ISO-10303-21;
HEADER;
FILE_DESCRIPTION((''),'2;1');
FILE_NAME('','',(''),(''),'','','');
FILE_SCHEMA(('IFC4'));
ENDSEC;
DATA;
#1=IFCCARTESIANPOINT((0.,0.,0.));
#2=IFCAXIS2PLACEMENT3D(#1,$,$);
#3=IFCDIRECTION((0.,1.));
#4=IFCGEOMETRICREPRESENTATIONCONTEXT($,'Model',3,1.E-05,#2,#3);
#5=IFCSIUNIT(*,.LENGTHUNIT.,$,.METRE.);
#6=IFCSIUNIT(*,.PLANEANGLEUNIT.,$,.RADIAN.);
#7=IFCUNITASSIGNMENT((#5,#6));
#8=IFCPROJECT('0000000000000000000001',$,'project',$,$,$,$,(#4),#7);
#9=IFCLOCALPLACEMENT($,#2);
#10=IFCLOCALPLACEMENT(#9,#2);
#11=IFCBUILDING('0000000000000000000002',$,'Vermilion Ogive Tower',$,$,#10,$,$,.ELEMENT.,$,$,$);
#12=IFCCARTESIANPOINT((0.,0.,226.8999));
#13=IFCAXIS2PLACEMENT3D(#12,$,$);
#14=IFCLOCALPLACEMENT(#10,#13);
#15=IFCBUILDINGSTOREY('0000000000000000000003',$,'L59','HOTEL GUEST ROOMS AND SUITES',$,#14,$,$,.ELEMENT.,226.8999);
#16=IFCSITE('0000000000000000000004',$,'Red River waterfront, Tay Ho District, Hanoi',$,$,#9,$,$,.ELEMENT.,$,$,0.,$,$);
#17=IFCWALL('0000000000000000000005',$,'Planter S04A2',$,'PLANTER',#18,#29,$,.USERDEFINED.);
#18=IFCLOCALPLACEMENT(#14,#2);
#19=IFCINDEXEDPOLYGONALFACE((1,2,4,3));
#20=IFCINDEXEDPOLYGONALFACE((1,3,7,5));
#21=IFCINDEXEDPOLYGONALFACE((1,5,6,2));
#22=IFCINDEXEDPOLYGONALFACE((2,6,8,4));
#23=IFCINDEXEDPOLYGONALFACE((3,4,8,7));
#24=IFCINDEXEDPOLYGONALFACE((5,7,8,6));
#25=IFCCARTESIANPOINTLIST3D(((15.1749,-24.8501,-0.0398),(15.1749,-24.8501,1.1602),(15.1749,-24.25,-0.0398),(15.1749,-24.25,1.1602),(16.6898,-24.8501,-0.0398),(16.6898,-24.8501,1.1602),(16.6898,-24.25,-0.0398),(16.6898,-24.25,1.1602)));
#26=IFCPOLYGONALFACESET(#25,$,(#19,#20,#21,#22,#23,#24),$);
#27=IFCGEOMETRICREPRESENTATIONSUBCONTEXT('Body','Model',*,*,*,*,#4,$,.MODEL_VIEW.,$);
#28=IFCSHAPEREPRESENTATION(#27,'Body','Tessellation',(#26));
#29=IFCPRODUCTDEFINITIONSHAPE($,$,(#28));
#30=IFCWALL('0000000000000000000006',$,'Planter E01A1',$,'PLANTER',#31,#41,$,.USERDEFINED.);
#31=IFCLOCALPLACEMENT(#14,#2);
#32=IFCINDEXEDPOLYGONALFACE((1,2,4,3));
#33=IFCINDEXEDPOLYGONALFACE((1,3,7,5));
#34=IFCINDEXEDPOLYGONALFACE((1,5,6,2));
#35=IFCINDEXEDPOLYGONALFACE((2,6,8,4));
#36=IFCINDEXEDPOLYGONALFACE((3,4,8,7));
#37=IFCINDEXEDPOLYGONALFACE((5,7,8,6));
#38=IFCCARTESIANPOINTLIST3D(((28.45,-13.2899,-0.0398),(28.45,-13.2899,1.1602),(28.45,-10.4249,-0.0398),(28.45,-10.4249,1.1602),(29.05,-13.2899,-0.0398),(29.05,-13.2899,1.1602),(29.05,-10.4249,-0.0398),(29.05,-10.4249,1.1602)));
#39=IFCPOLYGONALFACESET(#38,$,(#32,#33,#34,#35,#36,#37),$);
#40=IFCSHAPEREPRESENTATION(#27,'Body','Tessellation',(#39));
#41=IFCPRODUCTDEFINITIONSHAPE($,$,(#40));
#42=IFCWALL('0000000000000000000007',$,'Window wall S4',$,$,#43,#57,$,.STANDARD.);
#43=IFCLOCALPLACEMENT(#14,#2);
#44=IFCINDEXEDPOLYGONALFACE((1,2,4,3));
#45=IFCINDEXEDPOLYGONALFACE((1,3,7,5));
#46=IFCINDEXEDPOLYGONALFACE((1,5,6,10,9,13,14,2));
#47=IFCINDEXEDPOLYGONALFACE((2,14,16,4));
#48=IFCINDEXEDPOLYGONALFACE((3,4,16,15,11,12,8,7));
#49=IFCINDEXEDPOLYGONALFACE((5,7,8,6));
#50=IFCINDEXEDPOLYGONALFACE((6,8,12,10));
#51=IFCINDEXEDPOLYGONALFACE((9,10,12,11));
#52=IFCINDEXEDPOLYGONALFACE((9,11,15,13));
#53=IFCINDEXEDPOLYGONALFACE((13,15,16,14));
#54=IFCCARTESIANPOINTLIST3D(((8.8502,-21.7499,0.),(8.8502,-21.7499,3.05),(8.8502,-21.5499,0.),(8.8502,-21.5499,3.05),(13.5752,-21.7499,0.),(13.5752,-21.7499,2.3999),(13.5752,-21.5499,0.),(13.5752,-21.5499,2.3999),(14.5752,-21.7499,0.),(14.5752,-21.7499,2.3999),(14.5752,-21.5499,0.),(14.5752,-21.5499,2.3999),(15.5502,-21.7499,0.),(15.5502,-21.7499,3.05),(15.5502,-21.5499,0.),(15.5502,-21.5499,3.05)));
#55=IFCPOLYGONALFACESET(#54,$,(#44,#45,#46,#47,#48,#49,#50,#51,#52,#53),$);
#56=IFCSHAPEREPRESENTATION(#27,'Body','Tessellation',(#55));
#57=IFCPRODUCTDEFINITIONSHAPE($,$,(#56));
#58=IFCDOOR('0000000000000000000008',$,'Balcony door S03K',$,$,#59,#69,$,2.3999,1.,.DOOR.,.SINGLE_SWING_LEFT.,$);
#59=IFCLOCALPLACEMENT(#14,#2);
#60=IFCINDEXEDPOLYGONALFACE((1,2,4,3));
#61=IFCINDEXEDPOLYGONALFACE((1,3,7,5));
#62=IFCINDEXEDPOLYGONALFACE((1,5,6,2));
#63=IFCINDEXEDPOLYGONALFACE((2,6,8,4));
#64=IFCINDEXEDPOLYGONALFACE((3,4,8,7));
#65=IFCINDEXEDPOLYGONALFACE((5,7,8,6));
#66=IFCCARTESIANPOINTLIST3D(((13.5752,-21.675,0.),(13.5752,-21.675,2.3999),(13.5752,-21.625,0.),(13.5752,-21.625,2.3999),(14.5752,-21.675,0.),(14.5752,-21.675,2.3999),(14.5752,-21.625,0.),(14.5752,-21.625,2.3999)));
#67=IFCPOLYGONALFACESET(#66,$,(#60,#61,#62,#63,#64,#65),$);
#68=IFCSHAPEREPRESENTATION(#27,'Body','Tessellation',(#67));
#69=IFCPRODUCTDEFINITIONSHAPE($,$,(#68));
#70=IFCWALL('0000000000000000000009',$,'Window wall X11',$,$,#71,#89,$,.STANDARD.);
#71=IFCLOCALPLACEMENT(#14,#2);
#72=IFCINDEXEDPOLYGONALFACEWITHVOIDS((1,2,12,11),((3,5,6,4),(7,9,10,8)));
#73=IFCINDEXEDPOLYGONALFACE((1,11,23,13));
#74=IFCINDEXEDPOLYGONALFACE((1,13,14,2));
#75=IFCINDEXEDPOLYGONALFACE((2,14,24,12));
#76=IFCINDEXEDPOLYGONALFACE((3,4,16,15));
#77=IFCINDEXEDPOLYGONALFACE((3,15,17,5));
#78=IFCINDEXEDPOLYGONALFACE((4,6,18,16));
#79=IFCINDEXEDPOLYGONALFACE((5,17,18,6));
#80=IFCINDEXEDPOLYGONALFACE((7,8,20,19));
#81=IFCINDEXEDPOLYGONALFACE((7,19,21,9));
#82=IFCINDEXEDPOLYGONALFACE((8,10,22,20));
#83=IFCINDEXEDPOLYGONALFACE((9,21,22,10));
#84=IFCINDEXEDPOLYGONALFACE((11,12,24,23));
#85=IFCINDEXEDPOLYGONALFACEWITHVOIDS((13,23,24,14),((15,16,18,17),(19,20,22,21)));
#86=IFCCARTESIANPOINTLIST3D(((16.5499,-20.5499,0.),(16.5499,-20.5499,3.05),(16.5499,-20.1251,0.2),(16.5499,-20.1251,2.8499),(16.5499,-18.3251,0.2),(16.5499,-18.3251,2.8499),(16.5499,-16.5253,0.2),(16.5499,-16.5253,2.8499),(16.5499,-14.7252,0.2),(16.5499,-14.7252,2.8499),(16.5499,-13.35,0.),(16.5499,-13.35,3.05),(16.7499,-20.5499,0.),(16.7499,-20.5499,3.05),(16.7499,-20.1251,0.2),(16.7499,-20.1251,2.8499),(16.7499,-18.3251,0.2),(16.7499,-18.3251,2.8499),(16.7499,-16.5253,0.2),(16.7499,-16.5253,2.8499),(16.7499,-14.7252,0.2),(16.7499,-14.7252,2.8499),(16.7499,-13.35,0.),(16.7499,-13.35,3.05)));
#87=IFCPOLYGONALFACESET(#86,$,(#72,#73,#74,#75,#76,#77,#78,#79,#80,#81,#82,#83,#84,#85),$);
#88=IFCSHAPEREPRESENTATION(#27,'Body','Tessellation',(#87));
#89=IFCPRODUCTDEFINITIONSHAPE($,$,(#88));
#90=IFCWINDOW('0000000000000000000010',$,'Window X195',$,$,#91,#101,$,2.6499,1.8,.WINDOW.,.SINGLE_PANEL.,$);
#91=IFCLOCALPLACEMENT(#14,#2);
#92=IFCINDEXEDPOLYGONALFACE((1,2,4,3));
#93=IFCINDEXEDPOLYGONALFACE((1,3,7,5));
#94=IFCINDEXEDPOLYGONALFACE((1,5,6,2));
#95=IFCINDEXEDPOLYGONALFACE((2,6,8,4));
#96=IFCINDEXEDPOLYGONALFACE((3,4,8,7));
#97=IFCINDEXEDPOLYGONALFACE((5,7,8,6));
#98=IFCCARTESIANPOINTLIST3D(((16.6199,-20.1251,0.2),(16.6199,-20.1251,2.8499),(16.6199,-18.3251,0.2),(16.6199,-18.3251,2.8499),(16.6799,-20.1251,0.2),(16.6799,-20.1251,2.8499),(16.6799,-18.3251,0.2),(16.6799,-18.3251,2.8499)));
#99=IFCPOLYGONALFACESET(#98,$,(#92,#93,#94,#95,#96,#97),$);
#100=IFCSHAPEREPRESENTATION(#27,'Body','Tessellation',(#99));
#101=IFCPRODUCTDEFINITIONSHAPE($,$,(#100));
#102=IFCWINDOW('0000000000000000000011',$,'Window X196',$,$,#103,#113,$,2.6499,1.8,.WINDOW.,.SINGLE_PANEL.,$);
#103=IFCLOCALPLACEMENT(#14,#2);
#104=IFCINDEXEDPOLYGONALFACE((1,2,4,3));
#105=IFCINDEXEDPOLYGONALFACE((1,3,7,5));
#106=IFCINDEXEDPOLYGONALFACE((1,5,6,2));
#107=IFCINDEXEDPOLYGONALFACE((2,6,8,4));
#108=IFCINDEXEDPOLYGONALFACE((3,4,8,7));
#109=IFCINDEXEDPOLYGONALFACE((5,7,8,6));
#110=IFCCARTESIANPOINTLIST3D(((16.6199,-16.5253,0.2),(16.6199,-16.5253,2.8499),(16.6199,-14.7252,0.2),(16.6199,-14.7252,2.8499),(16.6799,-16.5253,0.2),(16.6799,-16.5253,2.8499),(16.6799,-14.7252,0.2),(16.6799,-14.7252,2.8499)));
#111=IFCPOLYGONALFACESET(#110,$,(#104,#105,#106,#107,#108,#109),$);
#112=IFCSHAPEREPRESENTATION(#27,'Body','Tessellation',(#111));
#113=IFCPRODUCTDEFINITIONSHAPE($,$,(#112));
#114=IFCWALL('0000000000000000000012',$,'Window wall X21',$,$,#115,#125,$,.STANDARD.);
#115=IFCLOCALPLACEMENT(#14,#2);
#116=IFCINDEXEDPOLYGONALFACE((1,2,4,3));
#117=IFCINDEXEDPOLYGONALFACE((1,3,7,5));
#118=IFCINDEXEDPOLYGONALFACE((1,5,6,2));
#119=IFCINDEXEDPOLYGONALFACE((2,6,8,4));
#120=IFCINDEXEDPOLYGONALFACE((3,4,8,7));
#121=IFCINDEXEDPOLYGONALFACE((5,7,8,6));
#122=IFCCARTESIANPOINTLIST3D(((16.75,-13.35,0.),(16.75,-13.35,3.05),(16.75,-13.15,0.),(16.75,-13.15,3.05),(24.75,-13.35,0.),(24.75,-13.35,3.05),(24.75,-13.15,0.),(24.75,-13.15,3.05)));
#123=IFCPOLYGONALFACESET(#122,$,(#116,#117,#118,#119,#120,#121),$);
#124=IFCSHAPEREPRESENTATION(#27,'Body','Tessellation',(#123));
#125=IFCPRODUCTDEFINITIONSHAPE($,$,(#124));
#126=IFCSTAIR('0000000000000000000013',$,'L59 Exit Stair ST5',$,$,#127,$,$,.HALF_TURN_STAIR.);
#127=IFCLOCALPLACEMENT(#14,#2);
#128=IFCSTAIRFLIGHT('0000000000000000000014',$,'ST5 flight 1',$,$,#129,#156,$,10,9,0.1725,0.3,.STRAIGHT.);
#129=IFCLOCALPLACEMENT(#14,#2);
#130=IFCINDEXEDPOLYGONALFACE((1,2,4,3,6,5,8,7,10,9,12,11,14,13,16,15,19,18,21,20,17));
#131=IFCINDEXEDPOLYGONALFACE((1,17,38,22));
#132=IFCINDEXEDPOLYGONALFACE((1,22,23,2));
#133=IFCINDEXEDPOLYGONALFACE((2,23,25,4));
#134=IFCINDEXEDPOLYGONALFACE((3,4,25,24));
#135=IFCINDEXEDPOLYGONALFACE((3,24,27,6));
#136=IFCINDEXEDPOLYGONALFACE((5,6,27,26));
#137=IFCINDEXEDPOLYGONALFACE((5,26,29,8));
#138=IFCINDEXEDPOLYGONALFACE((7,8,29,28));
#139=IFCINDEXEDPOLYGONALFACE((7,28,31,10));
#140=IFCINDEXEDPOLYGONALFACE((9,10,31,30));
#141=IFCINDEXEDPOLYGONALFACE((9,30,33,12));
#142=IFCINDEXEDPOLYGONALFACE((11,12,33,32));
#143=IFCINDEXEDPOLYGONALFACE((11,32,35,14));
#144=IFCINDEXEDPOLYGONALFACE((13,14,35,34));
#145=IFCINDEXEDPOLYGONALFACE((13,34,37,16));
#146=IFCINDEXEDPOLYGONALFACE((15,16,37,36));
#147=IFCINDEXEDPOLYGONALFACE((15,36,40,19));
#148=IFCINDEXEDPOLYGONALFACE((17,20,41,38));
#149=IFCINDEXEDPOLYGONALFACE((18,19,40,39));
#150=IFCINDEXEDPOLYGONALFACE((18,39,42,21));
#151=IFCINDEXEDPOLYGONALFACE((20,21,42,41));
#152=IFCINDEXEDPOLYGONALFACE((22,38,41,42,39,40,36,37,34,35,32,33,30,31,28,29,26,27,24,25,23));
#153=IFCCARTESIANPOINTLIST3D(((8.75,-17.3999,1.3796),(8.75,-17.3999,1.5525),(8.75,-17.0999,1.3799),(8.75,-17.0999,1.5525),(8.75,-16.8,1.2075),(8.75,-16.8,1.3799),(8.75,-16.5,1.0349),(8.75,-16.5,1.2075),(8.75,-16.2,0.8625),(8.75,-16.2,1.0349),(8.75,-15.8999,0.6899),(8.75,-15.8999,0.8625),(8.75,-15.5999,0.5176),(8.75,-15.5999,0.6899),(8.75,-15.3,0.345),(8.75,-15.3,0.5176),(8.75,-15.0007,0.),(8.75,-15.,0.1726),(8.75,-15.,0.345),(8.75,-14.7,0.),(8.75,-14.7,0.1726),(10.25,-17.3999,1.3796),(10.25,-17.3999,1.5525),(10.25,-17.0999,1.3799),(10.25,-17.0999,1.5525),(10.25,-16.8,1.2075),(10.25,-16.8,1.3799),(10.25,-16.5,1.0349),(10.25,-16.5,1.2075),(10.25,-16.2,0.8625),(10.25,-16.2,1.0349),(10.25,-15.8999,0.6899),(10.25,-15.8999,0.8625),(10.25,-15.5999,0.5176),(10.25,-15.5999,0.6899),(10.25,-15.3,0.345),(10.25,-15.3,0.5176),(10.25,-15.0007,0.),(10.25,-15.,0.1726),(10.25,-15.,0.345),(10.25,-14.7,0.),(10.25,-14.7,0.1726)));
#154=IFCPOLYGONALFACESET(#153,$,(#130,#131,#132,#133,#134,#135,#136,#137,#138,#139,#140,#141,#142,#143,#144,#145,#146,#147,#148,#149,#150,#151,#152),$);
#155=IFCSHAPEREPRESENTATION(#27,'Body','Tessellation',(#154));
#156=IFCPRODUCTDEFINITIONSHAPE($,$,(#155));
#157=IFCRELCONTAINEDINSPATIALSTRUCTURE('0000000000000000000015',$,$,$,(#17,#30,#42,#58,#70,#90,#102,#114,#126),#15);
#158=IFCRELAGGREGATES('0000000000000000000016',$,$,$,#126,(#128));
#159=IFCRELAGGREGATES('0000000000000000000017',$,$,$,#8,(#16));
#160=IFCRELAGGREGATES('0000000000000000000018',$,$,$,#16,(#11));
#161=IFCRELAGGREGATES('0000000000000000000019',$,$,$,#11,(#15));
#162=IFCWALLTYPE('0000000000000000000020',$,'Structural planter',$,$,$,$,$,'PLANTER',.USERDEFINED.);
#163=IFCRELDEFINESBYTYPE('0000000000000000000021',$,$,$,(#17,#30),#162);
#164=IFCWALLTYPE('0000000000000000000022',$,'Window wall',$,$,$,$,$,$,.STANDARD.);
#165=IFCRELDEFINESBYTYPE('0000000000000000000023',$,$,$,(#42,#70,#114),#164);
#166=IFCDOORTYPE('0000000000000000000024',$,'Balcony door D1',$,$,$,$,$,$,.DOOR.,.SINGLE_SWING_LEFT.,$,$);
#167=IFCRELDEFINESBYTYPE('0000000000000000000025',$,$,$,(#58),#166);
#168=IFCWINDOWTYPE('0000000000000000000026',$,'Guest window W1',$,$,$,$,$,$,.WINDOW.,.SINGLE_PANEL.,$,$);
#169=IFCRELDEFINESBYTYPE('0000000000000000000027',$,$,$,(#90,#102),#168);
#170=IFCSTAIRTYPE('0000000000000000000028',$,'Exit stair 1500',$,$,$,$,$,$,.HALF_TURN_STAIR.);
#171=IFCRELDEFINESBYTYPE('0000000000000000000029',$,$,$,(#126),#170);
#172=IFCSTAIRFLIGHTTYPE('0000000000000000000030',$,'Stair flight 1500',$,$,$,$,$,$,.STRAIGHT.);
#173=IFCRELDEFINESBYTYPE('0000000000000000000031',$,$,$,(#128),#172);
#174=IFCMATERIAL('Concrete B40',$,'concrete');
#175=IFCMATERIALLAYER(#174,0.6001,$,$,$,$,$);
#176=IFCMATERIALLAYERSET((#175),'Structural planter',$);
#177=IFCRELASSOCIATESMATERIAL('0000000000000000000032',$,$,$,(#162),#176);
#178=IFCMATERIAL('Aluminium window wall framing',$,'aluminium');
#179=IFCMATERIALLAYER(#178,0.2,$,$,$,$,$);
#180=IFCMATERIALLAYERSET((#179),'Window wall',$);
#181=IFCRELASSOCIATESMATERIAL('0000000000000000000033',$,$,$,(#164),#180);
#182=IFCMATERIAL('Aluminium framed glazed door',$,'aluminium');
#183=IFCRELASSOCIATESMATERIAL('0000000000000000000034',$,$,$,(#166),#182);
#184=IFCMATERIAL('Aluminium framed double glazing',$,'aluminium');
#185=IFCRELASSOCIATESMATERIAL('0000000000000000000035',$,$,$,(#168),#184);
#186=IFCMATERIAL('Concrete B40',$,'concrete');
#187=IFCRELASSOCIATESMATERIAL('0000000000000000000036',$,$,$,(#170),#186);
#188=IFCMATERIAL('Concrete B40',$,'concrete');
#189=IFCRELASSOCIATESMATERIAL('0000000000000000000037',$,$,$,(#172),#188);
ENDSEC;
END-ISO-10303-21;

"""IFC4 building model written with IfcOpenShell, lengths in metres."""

from ifc_helpers import new_model, si_unit, direction, frame, frame_2d, origin, place, context, subcontext, project, spatial, polyline, rectangle, outline, extrude, material, layer, layer_set, type_object, element, fill, aggregate, save


model = new_model("IFC4")

# Units and contexts
model_context = context("Model", 3, precision=1e-05, world=origin(), true_north=direction((0.0, 1.0)))
body_context = subcontext(model_context, "Body", "Model", "MODEL_VIEW")
ifc_project = project(units=[si_unit("LENGTHUNIT", "METRE"), si_unit("PLANEANGLEUNIT", "RADIAN")], contexts=[model_context])

# Site, building, storey
site_placement = place(None, origin())
site = spatial("IfcSite", under=ifc_project, at=site_placement, Name="Red River waterfront, Tay Ho District, Hanoi", CompositionType="ELEMENT", RefElevation=0.0)
building_placement = place(site_placement, origin())
building = spatial("IfcBuilding", under=site, at=building_placement, Name="Vermilion Ogive Tower", CompositionType="ELEMENT")
storey_placement = place(building_placement, frame((0.0, 0.0, 226.8999)))
storey = spatial("IfcBuildingStorey", under=building, at=storey_placement, Name="L59", Description="HOTEL GUEST ROOMS AND SUITES", CompositionType="ELEMENT", Elevation=226.8999)

# Walls
ifc_material_1 = material(Name="Concrete B40", Category="concrete")
ifc_layer_1 = layer(ifc_material_1, 0.6001)
ifc_layer_set_1 = layer_set([ifc_layer_1], Name="Structural planter")
wall_type_1 = type_object("IfcWallType", Name="Structural planter", ElementType="PLANTER", PredefinedType="USERDEFINED", material=ifc_layer_set_1)
wall_1_placement = place(storey_placement, frame((15.175, -24.55, -0.0398), z_axis=(0.0, 0.0, 1.0), x_axis=(1.0, 0.0, 0.0)))
element("IfcWall", 1, at=wall_1_placement, inside=storey, type_object=wall_type_1, Name="Planter S04A2", ObjectType="PLANTER", PredefinedType="USERDEFINED", context=body_context, shape_type="SweptSolid", body=[
    extrude(rectangle(XDim=1.5149, YDim=0.6001, at=frame_2d((0.7573, 0.0))), origin(), (0.0, 0.0, 1.0), 1.2),
])
wall_2_placement = place(storey_placement, frame((28.75, -13.29, -0.0398), z_axis=(0.0, 0.0, 1.0), x_axis=(0.0, 1.0, 0.0)))
element("IfcWall", 2, at=wall_2_placement, inside=storey, type_object=wall_type_1, Name="Planter E01A1", ObjectType="PLANTER", PredefinedType="USERDEFINED", context=body_context, shape_type="SweptSolid", body=[
    extrude(rectangle(XDim=2.865, YDim=0.6001, at=frame_2d((1.4326, 0.0))), origin(), (0.0, 0.0, 1.0), 1.2),
])

# Wall, opening, door
ifc_material_2 = material(Name="Aluminium window wall framing", Category="aluminium")
ifc_layer_2 = layer(ifc_material_2, 0.2)
ifc_layer_set_2 = layer_set([ifc_layer_2], Name="Window wall")
wall_type_2 = type_object("IfcWallType", Name="Window wall", PredefinedType="STANDARD", material=ifc_layer_set_2)
wall_3_placement = place(storey_placement, frame((8.8501, -21.6499, 0.0), z_axis=(0.0, 0.0, 1.0), x_axis=(1.0, 0.0, 0.0)))
wall_3 = element("IfcWall", 3, at=wall_3_placement, inside=storey, type_object=wall_type_2, Name="Window wall S4", PredefinedType="STANDARD", context=body_context, shape_type="SweptSolid", body=[
    extrude(rectangle(XDim=6.7, YDim=0.2, at=frame_2d((3.3501, 0.0))), origin(), (0.0, 0.0, 1.0), 3.05),
])
opening_1_placement = place(wall_3_placement, frame((4.7251, 0.0, 0.0)))
opening_1 = element("IfcOpeningElement", 4, at=opening_1_placement, cuts=wall_3, PredefinedType="OPENING", context=body_context, shape_type="SweptSolid", body=[
    extrude(rectangle(XDim=1.0, YDim=2.3999, at=frame_2d((0.5, 1.2))), frame((0.0, 0.1099, 0.0), z_axis=(0.0, -1.0, 0.0), x_axis=(1.0, 0.0, 0.0)), (0.0, 0.0, 1.0), 0.22),
])
ifc_material_3 = material(Name="Aluminium framed glazed door", Category="aluminium")
door_type_1 = type_object("IfcDoorType", Name="Balcony door D1", OperationType="SINGLE_SWING_LEFT", PredefinedType="DOOR", material=ifc_material_3)
door_1_placement = place(opening_1_placement, origin())
door_1 = element("IfcDoor", 5, at=door_1_placement, inside=storey, type_object=door_type_1, Name="Balcony door S03K", OperationType="SINGLE_SWING_LEFT", OverallHeight=2.3999, OverallWidth=1.0, PredefinedType="DOOR", context=body_context, shape_type="SweptSolid", body=[
    extrude(rectangle(XDim=1.0, YDim=2.3999, at=frame_2d((0.5, 1.2))), frame((0.0, 0.0249, 0.0), z_axis=(0.0, -1.0, 0.0), x_axis=(1.0, 0.0, 0.0)), (0.0, 0.0, 1.0), 0.05),
])
fill(opening_1, door_1)

# Wall, openings, windows
wall_4_placement = place(storey_placement, frame((16.6499, -20.55, 0.0), z_axis=(0.0, 0.0, 1.0), x_axis=(0.0, 1.0, 0.0)))
wall_4 = element("IfcWall", 6, at=wall_4_placement, inside=storey, type_object=wall_type_2, Name="Window wall X11", PredefinedType="STANDARD", context=body_context, shape_type="SweptSolid", body=[
    extrude(rectangle(XDim=7.2, YDim=0.2, at=frame_2d((3.6001, 0.0))), origin(), (0.0, 0.0, 1.0), 3.05),
])
opening_2_placement = place(wall_4_placement, frame((0.425, 0.0, 0.2)))
opening_2 = element("IfcOpeningElement", 7, at=opening_2_placement, cuts=wall_4, PredefinedType="OPENING", context=body_context, shape_type="SweptSolid", body=[
    extrude(rectangle(XDim=1.8, YDim=2.6499, at=frame_2d((0.8999, 1.325))), frame((0.0, 0.1099, 0.0), z_axis=(0.0, -1.0, 0.0), x_axis=(1.0, 0.0, 0.0)), (0.0, 0.0, 1.0), 0.22),
])
opening_3_placement = place(wall_4_placement, frame((4.0249, 0.0, 0.2)))
opening_3 = element("IfcOpeningElement", 8, at=opening_3_placement, cuts=wall_4, PredefinedType="OPENING", context=body_context, shape_type="SweptSolid", body=[
    extrude(rectangle(XDim=1.8, YDim=2.6499, at=frame_2d((0.8999, 1.325))), frame((0.0, 0.1099, 0.0), z_axis=(0.0, -1.0, 0.0), x_axis=(1.0, 0.0, 0.0)), (0.0, 0.0, 1.0), 0.22),
])
ifc_material_4 = material(Name="Aluminium framed double glazing", Category="aluminium")
window_type = type_object("IfcWindowType", Name="Guest window W1", PartitioningType="SINGLE_PANEL", PredefinedType="WINDOW", material=ifc_material_4)
window_1_placement = place(opening_2_placement, origin())
window_1 = element("IfcWindow", 9, at=window_1_placement, inside=storey, type_object=window_type, Name="Window X195", OverallHeight=2.6499, OverallWidth=1.8, PartitioningType="SINGLE_PANEL", PredefinedType="WINDOW", context=body_context, shape_type="SweptSolid", body=[
    extrude(rectangle(XDim=1.8, YDim=2.6499, at=frame_2d((0.8999, 1.325))), frame((0.0, 0.03, 0.0), z_axis=(0.0, -1.0, 0.0), x_axis=(1.0, 0.0, 0.0)), (0.0, 0.0, 1.0), 0.0601),
])
fill(opening_2, window_1)
window_2_placement = place(opening_3_placement, origin())
window_2 = element("IfcWindow", 10, at=window_2_placement, inside=storey, type_object=window_type, Name="Window X196", OverallHeight=2.6499, OverallWidth=1.8, PartitioningType="SINGLE_PANEL", PredefinedType="WINDOW", context=body_context, shape_type="SweptSolid", body=[
    extrude(rectangle(XDim=1.8, YDim=2.6499, at=frame_2d((0.8999, 1.325))), frame((0.0, 0.03, 0.0), z_axis=(0.0, -1.0, 0.0), x_axis=(1.0, 0.0, 0.0)), (0.0, 0.0, 1.0), 0.0601),
])
fill(opening_3, window_2)

# Wall
wall_5_placement = place(storey_placement, frame((16.75, -13.25, 0.0), z_axis=(0.0, 0.0, 1.0), x_axis=(1.0, 0.0, 0.0)))
element("IfcWall", 11, at=wall_5_placement, inside=storey, type_object=wall_type_2, Name="Window wall X21", PredefinedType="STANDARD", context=body_context, shape_type="SweptSolid", body=[
    extrude(rectangle(XDim=8.0, YDim=0.2, at=frame_2d((4.0, 0.0))), origin(), (0.0, 0.0, 1.0), 3.05),
])

# Stair, stair flight
ifc_material_5 = material(Name="Concrete B40", Category="concrete")
stair_type = type_object("IfcStairType", Name="Exit stair 1500", PredefinedType="HALF_TURN_STAIR", material=ifc_material_5)
stair_placement = place(storey_placement, origin())
stair = element("IfcStair", 12, at=stair_placement, inside=storey, type_object=stair_type, Name="L59 Exit Stair ST5", PredefinedType="HALF_TURN_STAIR")
ifc_material_6 = material(Name="Concrete B40", Category="concrete")
stair_flight_type = type_object("IfcStairFlightType", Name="Stair flight 1500", PredefinedType="STRAIGHT", material=ifc_material_6)
stair_flight_1_placement = place(storey_placement, frame((9.5, -14.7, 0.0), z_axis=(0.0, 0.0, 1.0), x_axis=(0.0, -1.0, 0.0)))
stair_flight_1 = element("IfcStairFlight", 13, at=stair_flight_1_placement, type_object=stair_flight_type, Name="ST5 flight 1", NumberOfRisers=10, NumberOfTreads=9, PredefinedType="STRAIGHT", RiserHeight=0.1725, TreadLength=0.3, context=body_context, shape_type="SweptSolid", body=[
    extrude(outline(polyline([(0.0, 0.0), (0.0, 0.1726), (0.3, 0.1726), (0.3, 0.345), (0.6001, 0.345), (0.6001, 0.5176), (0.8999, 0.5176), (0.8999, 0.6899), (1.2, 0.6899), (1.2, 0.8625), (1.5, 0.8625), (1.5, 1.0349), (1.8, 1.0349), (1.8, 1.2075), (2.1001, 1.2075), (2.1001, 1.3799), (2.3999, 1.3799), (2.3999, 1.5525), (2.7, 1.5525), (2.7, 1.7251), (2.7, 1.3796), (0.3008, 0.0), (0.0, 0.0)])), frame((0.0, 0.75, 0.0), z_axis=(0.0, -1.0, 0.0), x_axis=(1.0, 0.0, 0.0)), (0.0, 0.0, 1.0), 1.5),
])
aggregate(stair, [stair_flight_1])

save(model, "model.ifc")
